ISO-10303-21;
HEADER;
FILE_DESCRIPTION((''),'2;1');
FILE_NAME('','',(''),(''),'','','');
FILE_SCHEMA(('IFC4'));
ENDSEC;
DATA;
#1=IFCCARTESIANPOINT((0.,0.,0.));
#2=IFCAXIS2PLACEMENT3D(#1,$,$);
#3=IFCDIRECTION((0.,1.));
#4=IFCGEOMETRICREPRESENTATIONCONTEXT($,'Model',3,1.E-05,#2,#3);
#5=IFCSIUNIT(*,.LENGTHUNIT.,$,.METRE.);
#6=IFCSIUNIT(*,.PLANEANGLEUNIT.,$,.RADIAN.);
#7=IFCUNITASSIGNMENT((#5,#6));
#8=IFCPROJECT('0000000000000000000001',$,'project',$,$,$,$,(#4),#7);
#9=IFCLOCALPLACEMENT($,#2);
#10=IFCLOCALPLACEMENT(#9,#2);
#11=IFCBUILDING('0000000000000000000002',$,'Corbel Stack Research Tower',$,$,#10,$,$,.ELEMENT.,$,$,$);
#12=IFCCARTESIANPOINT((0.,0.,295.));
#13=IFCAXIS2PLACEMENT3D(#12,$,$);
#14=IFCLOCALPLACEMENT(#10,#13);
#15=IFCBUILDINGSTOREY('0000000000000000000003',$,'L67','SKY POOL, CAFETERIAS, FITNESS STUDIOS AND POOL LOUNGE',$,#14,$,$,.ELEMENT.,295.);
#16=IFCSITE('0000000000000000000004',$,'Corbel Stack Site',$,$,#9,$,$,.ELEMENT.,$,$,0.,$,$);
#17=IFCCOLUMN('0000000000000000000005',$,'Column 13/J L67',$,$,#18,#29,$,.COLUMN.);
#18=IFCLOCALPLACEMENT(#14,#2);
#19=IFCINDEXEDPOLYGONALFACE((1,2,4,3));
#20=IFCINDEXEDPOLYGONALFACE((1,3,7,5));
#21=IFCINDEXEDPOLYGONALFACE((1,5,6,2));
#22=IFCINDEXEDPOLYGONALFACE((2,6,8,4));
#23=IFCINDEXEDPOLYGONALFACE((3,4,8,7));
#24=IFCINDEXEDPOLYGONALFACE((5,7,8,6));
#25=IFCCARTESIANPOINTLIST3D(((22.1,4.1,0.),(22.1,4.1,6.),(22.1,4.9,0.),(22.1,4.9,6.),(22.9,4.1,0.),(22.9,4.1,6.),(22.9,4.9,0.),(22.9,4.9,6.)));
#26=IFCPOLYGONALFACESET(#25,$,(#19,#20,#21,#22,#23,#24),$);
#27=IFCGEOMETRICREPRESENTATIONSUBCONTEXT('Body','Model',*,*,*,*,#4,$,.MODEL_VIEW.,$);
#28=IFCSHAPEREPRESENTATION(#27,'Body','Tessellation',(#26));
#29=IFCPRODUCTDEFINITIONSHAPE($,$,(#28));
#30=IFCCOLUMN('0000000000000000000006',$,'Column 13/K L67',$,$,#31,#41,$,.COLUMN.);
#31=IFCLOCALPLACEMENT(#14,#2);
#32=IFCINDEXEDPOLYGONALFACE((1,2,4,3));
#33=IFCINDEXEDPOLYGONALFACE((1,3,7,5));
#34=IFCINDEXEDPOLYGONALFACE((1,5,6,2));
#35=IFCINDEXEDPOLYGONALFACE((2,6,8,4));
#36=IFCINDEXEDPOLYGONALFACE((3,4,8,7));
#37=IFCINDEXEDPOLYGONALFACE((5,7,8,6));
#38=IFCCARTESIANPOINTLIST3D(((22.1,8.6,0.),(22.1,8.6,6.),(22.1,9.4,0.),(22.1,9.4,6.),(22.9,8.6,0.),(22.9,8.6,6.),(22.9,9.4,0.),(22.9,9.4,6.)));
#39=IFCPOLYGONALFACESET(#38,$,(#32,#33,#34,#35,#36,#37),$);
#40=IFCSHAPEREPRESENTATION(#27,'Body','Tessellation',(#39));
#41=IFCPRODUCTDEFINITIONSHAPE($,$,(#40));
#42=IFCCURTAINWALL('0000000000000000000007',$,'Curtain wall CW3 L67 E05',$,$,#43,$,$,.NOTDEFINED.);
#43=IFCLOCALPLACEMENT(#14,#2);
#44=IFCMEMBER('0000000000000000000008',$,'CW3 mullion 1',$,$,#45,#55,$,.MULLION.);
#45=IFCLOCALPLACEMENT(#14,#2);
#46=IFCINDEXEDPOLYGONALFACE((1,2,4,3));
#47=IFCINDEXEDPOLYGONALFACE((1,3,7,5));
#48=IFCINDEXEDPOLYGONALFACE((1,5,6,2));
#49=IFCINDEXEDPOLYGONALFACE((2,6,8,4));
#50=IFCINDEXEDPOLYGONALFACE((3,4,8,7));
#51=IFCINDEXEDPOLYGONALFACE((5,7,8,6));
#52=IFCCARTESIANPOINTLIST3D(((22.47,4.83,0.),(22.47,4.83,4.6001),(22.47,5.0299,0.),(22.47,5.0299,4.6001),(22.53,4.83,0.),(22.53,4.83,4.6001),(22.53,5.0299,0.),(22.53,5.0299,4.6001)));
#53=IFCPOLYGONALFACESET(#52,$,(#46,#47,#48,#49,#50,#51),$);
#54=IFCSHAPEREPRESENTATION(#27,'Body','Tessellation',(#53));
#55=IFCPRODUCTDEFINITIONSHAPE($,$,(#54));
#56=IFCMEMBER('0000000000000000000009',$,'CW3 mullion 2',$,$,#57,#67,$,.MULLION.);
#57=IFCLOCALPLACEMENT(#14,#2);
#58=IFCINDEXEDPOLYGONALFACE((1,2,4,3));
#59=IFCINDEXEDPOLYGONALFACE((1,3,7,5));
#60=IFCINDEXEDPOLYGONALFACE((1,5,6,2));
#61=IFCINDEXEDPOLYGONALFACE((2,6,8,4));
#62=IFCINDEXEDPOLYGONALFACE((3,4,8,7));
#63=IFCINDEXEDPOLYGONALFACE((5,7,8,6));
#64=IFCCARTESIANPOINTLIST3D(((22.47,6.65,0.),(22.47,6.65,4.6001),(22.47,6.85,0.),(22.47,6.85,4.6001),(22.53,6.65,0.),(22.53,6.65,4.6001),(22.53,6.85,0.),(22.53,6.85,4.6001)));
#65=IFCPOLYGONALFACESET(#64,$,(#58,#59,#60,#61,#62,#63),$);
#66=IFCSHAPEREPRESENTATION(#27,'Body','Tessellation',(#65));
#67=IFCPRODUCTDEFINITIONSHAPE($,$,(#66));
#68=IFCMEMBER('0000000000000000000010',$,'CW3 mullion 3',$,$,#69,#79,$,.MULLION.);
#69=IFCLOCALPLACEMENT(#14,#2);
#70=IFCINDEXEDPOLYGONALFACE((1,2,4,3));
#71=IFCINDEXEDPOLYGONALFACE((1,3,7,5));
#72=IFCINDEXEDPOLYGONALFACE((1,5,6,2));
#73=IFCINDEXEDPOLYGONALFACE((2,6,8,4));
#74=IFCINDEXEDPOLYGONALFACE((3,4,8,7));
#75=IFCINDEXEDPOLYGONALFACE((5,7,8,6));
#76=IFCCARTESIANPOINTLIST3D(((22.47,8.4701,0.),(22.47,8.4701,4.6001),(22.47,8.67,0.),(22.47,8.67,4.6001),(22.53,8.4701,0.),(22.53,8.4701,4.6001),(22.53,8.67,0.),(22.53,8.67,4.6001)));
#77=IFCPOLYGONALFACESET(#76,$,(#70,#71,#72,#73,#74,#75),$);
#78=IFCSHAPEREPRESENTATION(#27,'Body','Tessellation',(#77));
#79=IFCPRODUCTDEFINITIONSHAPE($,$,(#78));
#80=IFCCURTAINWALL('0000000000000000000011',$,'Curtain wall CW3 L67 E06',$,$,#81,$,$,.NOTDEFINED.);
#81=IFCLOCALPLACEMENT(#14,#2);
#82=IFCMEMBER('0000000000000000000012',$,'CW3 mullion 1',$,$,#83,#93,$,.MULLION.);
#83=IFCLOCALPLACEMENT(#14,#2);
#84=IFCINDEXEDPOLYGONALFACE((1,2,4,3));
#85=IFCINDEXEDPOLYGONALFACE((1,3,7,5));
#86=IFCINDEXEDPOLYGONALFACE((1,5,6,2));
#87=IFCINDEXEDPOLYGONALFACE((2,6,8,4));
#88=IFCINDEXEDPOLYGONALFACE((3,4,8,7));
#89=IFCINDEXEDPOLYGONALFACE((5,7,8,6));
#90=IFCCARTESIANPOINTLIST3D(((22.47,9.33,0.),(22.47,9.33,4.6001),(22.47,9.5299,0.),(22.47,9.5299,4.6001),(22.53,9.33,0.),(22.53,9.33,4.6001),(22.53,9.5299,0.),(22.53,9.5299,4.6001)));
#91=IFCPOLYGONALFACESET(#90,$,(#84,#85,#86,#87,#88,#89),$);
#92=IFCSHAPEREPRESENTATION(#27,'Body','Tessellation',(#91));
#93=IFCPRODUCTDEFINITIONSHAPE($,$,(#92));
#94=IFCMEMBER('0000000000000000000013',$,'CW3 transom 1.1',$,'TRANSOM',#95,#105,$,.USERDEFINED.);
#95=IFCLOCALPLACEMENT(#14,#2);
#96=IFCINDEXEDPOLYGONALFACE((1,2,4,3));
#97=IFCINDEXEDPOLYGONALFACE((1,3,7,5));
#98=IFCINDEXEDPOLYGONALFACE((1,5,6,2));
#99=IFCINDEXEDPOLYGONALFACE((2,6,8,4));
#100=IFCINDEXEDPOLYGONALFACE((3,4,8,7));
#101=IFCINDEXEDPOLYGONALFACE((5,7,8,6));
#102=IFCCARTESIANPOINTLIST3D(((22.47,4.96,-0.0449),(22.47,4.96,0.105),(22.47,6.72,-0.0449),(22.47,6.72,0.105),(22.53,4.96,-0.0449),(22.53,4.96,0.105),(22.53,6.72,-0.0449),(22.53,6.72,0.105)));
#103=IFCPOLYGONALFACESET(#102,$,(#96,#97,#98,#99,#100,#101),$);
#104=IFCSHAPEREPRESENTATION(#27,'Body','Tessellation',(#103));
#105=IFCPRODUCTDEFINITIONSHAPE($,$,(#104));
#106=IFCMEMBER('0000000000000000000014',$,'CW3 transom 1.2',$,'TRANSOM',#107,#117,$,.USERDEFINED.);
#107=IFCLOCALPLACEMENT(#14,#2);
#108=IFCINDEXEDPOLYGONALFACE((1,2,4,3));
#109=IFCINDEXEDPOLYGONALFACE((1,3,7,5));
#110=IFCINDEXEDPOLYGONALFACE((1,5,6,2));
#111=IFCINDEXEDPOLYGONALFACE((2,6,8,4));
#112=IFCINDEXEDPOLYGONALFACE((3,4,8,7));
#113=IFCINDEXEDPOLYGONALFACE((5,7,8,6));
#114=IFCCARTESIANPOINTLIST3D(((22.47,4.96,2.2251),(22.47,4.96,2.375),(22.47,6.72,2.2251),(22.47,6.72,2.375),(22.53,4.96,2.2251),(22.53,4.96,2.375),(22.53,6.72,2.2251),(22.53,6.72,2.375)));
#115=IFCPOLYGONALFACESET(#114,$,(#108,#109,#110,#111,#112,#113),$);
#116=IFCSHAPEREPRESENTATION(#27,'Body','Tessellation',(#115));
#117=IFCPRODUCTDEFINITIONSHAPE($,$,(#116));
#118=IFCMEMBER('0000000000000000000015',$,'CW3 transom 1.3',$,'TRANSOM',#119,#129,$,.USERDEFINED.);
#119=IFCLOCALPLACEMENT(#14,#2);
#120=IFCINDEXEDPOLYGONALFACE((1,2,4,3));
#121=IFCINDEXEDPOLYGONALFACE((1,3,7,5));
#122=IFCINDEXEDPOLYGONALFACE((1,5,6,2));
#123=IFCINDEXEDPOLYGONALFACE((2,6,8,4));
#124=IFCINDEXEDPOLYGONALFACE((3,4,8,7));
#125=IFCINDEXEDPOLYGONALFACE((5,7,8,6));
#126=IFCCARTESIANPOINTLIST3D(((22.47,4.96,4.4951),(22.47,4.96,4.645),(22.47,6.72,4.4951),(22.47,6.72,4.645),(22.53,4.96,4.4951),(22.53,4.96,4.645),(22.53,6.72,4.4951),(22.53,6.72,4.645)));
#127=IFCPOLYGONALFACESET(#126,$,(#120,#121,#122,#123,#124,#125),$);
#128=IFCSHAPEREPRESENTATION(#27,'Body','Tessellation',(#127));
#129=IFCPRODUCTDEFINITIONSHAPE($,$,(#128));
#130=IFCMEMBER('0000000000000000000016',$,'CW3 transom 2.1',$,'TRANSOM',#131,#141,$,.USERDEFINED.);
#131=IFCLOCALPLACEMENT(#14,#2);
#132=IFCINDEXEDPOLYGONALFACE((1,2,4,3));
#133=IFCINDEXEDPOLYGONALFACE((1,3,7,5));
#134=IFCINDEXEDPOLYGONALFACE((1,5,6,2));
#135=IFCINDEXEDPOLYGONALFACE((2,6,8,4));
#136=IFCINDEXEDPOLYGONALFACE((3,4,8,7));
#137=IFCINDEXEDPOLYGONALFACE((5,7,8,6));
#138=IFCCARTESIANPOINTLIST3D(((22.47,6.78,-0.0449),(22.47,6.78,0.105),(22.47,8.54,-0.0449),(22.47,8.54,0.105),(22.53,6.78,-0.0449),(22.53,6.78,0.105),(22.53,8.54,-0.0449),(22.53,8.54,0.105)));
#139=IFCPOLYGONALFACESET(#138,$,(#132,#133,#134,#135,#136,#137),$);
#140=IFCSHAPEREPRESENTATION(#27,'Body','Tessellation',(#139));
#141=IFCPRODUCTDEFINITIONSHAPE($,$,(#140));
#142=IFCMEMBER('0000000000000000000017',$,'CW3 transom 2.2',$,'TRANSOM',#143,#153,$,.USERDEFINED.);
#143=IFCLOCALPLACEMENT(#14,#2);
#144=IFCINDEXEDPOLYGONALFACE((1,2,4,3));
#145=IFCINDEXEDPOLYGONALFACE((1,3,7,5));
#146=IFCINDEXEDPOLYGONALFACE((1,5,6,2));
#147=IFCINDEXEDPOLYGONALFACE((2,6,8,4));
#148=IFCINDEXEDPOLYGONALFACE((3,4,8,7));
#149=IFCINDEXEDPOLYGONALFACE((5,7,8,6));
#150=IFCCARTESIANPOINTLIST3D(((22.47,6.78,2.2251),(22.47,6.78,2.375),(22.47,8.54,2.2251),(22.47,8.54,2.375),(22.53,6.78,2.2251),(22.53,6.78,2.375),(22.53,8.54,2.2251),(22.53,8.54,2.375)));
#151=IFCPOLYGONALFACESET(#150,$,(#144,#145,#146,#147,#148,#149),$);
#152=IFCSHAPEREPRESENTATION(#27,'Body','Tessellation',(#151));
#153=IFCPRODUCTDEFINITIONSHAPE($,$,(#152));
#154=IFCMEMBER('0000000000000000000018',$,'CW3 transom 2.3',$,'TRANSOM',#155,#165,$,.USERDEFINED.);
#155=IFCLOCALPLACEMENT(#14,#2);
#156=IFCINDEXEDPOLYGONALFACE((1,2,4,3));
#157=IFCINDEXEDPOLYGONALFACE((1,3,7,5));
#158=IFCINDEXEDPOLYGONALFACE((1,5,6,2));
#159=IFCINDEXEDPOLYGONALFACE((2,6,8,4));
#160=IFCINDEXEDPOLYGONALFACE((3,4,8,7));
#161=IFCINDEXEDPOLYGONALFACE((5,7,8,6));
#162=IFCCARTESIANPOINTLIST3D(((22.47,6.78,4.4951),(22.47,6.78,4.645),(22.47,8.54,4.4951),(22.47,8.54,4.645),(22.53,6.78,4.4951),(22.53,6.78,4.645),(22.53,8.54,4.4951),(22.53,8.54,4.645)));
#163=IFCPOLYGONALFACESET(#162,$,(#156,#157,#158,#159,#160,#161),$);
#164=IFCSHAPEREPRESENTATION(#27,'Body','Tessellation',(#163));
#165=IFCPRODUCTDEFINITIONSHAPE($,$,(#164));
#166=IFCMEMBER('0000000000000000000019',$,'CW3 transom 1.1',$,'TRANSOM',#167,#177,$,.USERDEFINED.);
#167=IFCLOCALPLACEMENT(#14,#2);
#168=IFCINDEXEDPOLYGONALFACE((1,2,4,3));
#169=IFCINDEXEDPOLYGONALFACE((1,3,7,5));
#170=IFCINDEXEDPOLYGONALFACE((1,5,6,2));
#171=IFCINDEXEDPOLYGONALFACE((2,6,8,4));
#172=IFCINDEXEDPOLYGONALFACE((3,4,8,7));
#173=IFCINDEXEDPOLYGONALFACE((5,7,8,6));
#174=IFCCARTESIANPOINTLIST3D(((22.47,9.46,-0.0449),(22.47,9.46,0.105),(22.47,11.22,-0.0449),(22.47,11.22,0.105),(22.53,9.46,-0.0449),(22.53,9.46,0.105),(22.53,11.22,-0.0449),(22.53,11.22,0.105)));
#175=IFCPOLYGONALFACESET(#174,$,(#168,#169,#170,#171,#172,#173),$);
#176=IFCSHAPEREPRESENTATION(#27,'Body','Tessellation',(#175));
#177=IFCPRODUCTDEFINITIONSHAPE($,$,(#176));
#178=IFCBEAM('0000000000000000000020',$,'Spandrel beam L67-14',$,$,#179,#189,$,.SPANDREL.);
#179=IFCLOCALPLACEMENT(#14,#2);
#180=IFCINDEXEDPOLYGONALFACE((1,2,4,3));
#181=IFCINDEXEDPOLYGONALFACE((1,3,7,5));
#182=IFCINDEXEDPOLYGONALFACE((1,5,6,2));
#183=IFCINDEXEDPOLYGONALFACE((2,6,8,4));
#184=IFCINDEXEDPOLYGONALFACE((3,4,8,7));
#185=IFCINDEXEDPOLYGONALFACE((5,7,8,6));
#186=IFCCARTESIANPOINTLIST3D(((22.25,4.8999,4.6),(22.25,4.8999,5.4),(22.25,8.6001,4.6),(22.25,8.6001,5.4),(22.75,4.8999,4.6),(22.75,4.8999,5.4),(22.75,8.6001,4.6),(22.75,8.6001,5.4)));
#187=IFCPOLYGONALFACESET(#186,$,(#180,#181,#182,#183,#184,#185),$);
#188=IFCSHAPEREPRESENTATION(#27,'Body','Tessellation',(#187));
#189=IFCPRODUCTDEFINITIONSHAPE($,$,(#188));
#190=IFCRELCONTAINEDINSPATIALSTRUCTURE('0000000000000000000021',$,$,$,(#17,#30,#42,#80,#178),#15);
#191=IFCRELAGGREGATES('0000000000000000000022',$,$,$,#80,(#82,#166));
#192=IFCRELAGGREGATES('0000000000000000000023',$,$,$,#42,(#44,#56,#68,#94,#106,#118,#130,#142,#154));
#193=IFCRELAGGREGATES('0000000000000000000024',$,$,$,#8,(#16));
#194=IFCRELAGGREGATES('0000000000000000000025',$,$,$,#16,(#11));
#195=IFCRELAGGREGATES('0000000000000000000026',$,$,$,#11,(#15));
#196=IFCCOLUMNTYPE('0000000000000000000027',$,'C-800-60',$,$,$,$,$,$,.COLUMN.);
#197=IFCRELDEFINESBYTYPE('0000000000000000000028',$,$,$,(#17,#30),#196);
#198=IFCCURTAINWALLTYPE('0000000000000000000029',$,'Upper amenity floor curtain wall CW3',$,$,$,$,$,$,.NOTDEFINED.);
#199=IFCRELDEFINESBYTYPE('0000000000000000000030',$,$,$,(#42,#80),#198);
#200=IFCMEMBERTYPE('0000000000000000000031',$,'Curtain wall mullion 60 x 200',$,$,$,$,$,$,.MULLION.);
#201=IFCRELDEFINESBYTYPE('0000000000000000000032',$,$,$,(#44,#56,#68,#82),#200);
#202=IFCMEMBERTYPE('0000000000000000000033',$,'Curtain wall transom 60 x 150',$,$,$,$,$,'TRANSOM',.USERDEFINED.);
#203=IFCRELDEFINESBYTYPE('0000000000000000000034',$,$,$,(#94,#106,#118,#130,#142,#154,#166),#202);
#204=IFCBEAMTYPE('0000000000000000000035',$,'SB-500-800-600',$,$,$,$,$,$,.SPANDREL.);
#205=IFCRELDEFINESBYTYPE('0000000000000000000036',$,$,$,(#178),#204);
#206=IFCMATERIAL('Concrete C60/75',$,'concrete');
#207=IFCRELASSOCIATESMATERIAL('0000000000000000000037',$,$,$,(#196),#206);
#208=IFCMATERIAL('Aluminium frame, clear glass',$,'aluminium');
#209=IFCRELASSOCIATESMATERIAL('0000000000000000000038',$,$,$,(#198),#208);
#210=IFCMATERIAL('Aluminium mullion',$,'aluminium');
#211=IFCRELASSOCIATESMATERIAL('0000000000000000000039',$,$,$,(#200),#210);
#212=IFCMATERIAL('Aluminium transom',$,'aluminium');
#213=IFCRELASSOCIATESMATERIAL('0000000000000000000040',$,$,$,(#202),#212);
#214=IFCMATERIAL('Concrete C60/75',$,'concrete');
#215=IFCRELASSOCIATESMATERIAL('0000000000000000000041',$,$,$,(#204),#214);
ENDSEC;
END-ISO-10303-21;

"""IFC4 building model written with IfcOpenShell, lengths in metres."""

from ifc_helpers import new_model, si_unit, direction, frame, origin, origin_2d, place, context, subcontext, project, spatial, rectangle, extrude, material, material_profile, profile_set, type_object, element, aggregate, save


model = new_model("IFC4")

# Units and contexts
model_context = context("Model", 3, precision=1e-05, world=origin(), true_north=direction((0.0, 1.0)))
body_context = subcontext(model_context, "Body", "Model", "MODEL_VIEW")
ifc_project = project(units=[si_unit("LENGTHUNIT", "METRE"), si_unit("PLANEANGLEUNIT", "RADIAN")], contexts=[model_context])

# Site, building, storey
site_placement = place(None, origin())
site = spatial("IfcSite", under=ifc_project, at=site_placement, Name="Corbel Stack Site", CompositionType="ELEMENT", RefElevation=0.0)
building_placement = place(site_placement, origin())
building = spatial("IfcBuilding", under=site, at=building_placement, Name="Corbel Stack Research Tower", CompositionType="ELEMENT")
storey_placement = place(building_placement, frame((0.0, 0.0, 295.0)))
storey = spatial("IfcBuildingStorey", under=building, at=storey_placement, Name="L67", Description="SKY POOL, CAFETERIAS, FITNESS STUDIOS AND POOL LOUNGE", CompositionType="ELEMENT", Elevation=295.0)

# Columns
ifc_material_1 = material(Name="Concrete C60/75", Category="concrete")
ifc_material_profile_1 = material_profile(ifc_material_1, rectangle(XDim=0.8, YDim=0.8, at=origin_2d()), Name="RC 800 x 800")
ifc_profile_set_1 = profile_set([ifc_material_profile_1], Name="Concrete C60/75")
column_type = type_object("IfcColumnType", Name="C-800-60", PredefinedType="COLUMN", material=ifc_profile_set_1)
for number, where, z_axis, x_axis, name in (
    (1, (22.5, 4.5, 0.0), (0.0, 0.0, 1.0), (1.0, 0.0, 0.0), "Column 13/J L67"),
    (2, (22.5, 9.0, 0.0), (0.0, 0.0, 1.0), (1.0, 0.0, 0.0), "Column 13/K L67"),
):
    element("IfcColumn", number, at=place(storey_placement, frame(where, z_axis=z_axis, x_axis=x_axis)), inside=storey, type_object=column_type, Name=name, PredefinedType="COLUMN", context=body_context, shape_type="SweptSolid", body=[
        extrude(rectangle(XDim=0.8, YDim=0.8, at=origin_2d()), origin(), (0.0, 0.0, 1.0), 6.0),
    ])

# Curtain wall, members
ifc_material_2 = material(Name="Aluminium frame, clear glass", Category="aluminium")
curtain_wall_type = type_object("IfcCurtainWallType", Name="Upper amenity floor curtain wall CW3", PredefinedType="NOTDEFINED", material=ifc_material_2)
curtain_wall_1_placement = place(storey_placement, origin())
curtain_wall_1 = element("IfcCurtainWall", 3, at=curtain_wall_1_placement, inside=storey, type_object=curtain_wall_type, Name="Curtain wall CW3 L67 E05", PredefinedType="NOTDEFINED")
ifc_material_3 = material(Name="Aluminium mullion", Category="aluminium")
ifc_material_profile_2 = material_profile(ifc_material_3, rectangle(XDim=0.0601, YDim=0.2, at=origin_2d()), Name="Mullion 60 x 200")
ifc_profile_set_2 = profile_set([ifc_material_profile_2], Name="Aluminium mullion")
member_type_1 = type_object("IfcMemberType", Name="Curtain wall mullion 60 x 200", PredefinedType="MULLION", material=ifc_profile_set_2)
member_1_placement = place(storey_placement, frame((22.5, 4.9299, 0.0), z_axis=(0.0, 0.0, 1.0), x_axis=(-1.0, 0.0, 0.0)))
member_1 = element("IfcMember", 4, at=member_1_placement, type_object=member_type_1, Name="CW3 mullion 1", PredefinedType="MULLION", context=body_context, shape_type="SweptSolid", body=[
    extrude(rectangle(XDim=0.0601, YDim=0.2, at=origin_2d()), origin(), (0.0, 0.0, 1.0), 4.6001),
])
member_2_placement = place(storey_placement, frame((22.5, 6.75, 0.0), z_axis=(0.0, 0.0, 1.0), x_axis=(-1.0, 0.0, 0.0)))
member_2 = element("IfcMember", 5, at=member_2_placement, type_object=member_type_1, Name="CW3 mullion 2", PredefinedType="MULLION", context=body_context, shape_type="SweptSolid", body=[
    extrude(rectangle(XDim=0.0601, YDim=0.2, at=origin_2d()), origin(), (0.0, 0.0, 1.0), 4.6001),
])
member_3_placement = place(storey_placement, frame((22.5, 8.5701, 0.0), z_axis=(0.0, 0.0, 1.0), x_axis=(-1.0, 0.0, 0.0)))
member_3 = element("IfcMember", 6, at=member_3_placement, type_object=member_type_1, Name="CW3 mullion 3", PredefinedType="MULLION", context=body_context, shape_type="SweptSolid", body=[
    extrude(rectangle(XDim=0.0601, YDim=0.2, at=origin_2d()), origin(), (0.0, 0.0, 1.0), 4.6001),
])

# Curtain wall, member
curtain_wall_2_placement = place(storey_placement, origin())
curtain_wall_2 = element("IfcCurtainWall", 7, at=curtain_wall_2_placement, inside=storey, type_object=curtain_wall_type, Name="Curtain wall CW3 L67 E06", PredefinedType="NOTDEFINED")
member_4_placement = place(storey_placement, frame((22.5, 9.4299, 0.0), z_axis=(0.0, 0.0, 1.0), x_axis=(-1.0, 0.0, 0.0)))
member_4 = element("IfcMember", 8, at=member_4_placement, type_object=member_type_1, Name="CW3 mullion 1", PredefinedType="MULLION", context=body_context, shape_type="SweptSolid", body=[
    extrude(rectangle(XDim=0.0601, YDim=0.2, at=origin_2d()), origin(), (0.0, 0.0, 1.0), 4.6001),
])

# Members
ifc_material_4 = material(Name="Aluminium transom", Category="aluminium")
ifc_material_profile_3 = material_profile(ifc_material_4, rectangle(XDim=0.0601, YDim=0.1499, at=origin_2d()), Name="Transom 60 x 150")
ifc_profile_set_3 = profile_set([ifc_material_profile_3], Name="Aluminium transom")
member_type_2 = type_object("IfcMemberType", Name="Curtain wall transom 60 x 150", ElementType="TRANSOM", PredefinedType="USERDEFINED", material=ifc_profile_set_3)
member_5_placement = place(storey_placement, frame((22.5, 4.96, 0.03), z_axis=(0.0, 1.0, 0.0), x_axis=(-1.0, 0.0, 0.0)))
member_5 = element("IfcMember", 9, at=member_5_placement, type_object=member_type_2, Name="CW3 transom 1.1", ObjectType="TRANSOM", PredefinedType="USERDEFINED", context=body_context, shape_type="SweptSolid", body=[
    extrude(rectangle(XDim=0.0601, YDim=0.1499, at=origin_2d()), origin(), (0.0, 0.0, 1.0), 1.76),
])
member_6_placement = place(storey_placement, frame((22.5, 4.96, 2.3), z_axis=(0.0, 1.0, 0.0), x_axis=(-1.0, 0.0, 0.0)))
member_6 = element("IfcMember", 10, at=member_6_placement, type_object=member_type_2, Name="CW3 transom 1.2", ObjectType="TRANSOM", PredefinedType="USERDEFINED", context=body_context, shape_type="SweptSolid", body=[
    extrude(rectangle(XDim=0.0601, YDim=0.1499, at=origin_2d()), origin(), (0.0, 0.0, 1.0), 1.76),
])
member_7_placement = place(storey_placement, frame((22.5, 4.96, 4.5701), z_axis=(0.0, 1.0, 0.0), x_axis=(-1.0, 0.0, 0.0)))
member_7 = element("IfcMember", 11, at=member_7_placement, type_object=member_type_2, Name="CW3 transom 1.3", ObjectType="TRANSOM", PredefinedType="USERDEFINED", context=body_context, shape_type="SweptSolid", body=[
    extrude(rectangle(XDim=0.0601, YDim=0.1499, at=origin_2d()), origin(), (0.0, 0.0, 1.0), 1.76),
])
member_8_placement = place(storey_placement, frame((22.5, 6.78, 0.03), z_axis=(0.0, 1.0, 0.0), x_axis=(-1.0, 0.0, 0.0)))
member_8 = element("IfcMember", 12, at=member_8_placement, type_object=member_type_2, Name="CW3 transom 2.1", ObjectType="TRANSOM", PredefinedType="USERDEFINED", context=body_context, shape_type="SweptSolid", body=[
    extrude(rectangle(XDim=0.0601, YDim=0.1499, at=origin_2d()), origin(), (0.0, 0.0, 1.0), 1.76),
])
member_9_placement = place(storey_placement, frame((22.5, 6.78, 2.3), z_axis=(0.0, 1.0, 0.0), x_axis=(-1.0, 0.0, 0.0)))
member_9 = element("IfcMember", 13, at=member_9_placement, type_object=member_type_2, Name="CW3 transom 2.2", ObjectType="TRANSOM", PredefinedType="USERDEFINED", context=body_context, shape_type="SweptSolid", body=[
    extrude(rectangle(XDim=0.0601, YDim=0.1499, at=origin_2d()), origin(), (0.0, 0.0, 1.0), 1.76),
])
member_10_placement = place(storey_placement, frame((22.5, 6.78, 4.5701), z_axis=(0.0, 1.0, 0.0), x_axis=(-1.0, 0.0, 0.0)))
member_10 = element("IfcMember", 14, at=member_10_placement, type_object=member_type_2, Name="CW3 transom 2.3", ObjectType="TRANSOM", PredefinedType="USERDEFINED", context=body_context, shape_type="SweptSolid", body=[
    extrude(rectangle(XDim=0.0601, YDim=0.1499, at=origin_2d()), origin(), (0.0, 0.0, 1.0), 1.76),
])
member_11_placement = place(storey_placement, frame((22.5, 9.46, 0.03), z_axis=(0.0, 1.0, 0.0), x_axis=(-1.0, 0.0, 0.0)))
member_11 = element("IfcMember", 15, at=member_11_placement, type_object=member_type_2, Name="CW3 transom 1.1", ObjectType="TRANSOM", PredefinedType="USERDEFINED", context=body_context, shape_type="SweptSolid", body=[
    extrude(rectangle(XDim=0.0601, YDim=0.1499, at=origin_2d()), origin(), (0.0, 0.0, 1.0), 1.76),
])
aggregate(curtain_wall_2, [member_4, member_11])

# Beam
ifc_material_5 = material(Name="Concrete C60/75", Category="concrete")
ifc_material_profile_4 = material_profile(ifc_material_5, rectangle(XDim=0.5, YDim=0.8, at=origin_2d()), Name="RC 500 x 800")
ifc_profile_set_4 = profile_set([ifc_material_profile_4], Name="Concrete C60/75")
beam_type = type_object("IfcBeamType", Name="SB-500-800-600", PredefinedType="SPANDREL", material=ifc_profile_set_4)
for number, where, z_axis, x_axis, name in (
    (16, (22.5, 4.8999, 5.0), (0.0, 1.0, 0.0), (-1.0, 0.0, 0.0), "Spandrel beam L67-14"),
):
    element("IfcBeam", number, at=place(storey_placement, frame(where, z_axis=z_axis, x_axis=x_axis)), inside=storey, type_object=beam_type, Name=name, PredefinedType="SPANDREL", context=body_context, shape_type="SweptSolid", body=[
        extrude(rectangle(XDim=0.5, YDim=0.8, at=origin_2d()), origin(), (0.0, 0.0, 1.0), 3.7002),
    ])

aggregate(curtain_wall_1, [member_1, member_2, member_3, member_5, member_6, member_7, member_8, member_9, member_10])

save(model, "model.ifc")
